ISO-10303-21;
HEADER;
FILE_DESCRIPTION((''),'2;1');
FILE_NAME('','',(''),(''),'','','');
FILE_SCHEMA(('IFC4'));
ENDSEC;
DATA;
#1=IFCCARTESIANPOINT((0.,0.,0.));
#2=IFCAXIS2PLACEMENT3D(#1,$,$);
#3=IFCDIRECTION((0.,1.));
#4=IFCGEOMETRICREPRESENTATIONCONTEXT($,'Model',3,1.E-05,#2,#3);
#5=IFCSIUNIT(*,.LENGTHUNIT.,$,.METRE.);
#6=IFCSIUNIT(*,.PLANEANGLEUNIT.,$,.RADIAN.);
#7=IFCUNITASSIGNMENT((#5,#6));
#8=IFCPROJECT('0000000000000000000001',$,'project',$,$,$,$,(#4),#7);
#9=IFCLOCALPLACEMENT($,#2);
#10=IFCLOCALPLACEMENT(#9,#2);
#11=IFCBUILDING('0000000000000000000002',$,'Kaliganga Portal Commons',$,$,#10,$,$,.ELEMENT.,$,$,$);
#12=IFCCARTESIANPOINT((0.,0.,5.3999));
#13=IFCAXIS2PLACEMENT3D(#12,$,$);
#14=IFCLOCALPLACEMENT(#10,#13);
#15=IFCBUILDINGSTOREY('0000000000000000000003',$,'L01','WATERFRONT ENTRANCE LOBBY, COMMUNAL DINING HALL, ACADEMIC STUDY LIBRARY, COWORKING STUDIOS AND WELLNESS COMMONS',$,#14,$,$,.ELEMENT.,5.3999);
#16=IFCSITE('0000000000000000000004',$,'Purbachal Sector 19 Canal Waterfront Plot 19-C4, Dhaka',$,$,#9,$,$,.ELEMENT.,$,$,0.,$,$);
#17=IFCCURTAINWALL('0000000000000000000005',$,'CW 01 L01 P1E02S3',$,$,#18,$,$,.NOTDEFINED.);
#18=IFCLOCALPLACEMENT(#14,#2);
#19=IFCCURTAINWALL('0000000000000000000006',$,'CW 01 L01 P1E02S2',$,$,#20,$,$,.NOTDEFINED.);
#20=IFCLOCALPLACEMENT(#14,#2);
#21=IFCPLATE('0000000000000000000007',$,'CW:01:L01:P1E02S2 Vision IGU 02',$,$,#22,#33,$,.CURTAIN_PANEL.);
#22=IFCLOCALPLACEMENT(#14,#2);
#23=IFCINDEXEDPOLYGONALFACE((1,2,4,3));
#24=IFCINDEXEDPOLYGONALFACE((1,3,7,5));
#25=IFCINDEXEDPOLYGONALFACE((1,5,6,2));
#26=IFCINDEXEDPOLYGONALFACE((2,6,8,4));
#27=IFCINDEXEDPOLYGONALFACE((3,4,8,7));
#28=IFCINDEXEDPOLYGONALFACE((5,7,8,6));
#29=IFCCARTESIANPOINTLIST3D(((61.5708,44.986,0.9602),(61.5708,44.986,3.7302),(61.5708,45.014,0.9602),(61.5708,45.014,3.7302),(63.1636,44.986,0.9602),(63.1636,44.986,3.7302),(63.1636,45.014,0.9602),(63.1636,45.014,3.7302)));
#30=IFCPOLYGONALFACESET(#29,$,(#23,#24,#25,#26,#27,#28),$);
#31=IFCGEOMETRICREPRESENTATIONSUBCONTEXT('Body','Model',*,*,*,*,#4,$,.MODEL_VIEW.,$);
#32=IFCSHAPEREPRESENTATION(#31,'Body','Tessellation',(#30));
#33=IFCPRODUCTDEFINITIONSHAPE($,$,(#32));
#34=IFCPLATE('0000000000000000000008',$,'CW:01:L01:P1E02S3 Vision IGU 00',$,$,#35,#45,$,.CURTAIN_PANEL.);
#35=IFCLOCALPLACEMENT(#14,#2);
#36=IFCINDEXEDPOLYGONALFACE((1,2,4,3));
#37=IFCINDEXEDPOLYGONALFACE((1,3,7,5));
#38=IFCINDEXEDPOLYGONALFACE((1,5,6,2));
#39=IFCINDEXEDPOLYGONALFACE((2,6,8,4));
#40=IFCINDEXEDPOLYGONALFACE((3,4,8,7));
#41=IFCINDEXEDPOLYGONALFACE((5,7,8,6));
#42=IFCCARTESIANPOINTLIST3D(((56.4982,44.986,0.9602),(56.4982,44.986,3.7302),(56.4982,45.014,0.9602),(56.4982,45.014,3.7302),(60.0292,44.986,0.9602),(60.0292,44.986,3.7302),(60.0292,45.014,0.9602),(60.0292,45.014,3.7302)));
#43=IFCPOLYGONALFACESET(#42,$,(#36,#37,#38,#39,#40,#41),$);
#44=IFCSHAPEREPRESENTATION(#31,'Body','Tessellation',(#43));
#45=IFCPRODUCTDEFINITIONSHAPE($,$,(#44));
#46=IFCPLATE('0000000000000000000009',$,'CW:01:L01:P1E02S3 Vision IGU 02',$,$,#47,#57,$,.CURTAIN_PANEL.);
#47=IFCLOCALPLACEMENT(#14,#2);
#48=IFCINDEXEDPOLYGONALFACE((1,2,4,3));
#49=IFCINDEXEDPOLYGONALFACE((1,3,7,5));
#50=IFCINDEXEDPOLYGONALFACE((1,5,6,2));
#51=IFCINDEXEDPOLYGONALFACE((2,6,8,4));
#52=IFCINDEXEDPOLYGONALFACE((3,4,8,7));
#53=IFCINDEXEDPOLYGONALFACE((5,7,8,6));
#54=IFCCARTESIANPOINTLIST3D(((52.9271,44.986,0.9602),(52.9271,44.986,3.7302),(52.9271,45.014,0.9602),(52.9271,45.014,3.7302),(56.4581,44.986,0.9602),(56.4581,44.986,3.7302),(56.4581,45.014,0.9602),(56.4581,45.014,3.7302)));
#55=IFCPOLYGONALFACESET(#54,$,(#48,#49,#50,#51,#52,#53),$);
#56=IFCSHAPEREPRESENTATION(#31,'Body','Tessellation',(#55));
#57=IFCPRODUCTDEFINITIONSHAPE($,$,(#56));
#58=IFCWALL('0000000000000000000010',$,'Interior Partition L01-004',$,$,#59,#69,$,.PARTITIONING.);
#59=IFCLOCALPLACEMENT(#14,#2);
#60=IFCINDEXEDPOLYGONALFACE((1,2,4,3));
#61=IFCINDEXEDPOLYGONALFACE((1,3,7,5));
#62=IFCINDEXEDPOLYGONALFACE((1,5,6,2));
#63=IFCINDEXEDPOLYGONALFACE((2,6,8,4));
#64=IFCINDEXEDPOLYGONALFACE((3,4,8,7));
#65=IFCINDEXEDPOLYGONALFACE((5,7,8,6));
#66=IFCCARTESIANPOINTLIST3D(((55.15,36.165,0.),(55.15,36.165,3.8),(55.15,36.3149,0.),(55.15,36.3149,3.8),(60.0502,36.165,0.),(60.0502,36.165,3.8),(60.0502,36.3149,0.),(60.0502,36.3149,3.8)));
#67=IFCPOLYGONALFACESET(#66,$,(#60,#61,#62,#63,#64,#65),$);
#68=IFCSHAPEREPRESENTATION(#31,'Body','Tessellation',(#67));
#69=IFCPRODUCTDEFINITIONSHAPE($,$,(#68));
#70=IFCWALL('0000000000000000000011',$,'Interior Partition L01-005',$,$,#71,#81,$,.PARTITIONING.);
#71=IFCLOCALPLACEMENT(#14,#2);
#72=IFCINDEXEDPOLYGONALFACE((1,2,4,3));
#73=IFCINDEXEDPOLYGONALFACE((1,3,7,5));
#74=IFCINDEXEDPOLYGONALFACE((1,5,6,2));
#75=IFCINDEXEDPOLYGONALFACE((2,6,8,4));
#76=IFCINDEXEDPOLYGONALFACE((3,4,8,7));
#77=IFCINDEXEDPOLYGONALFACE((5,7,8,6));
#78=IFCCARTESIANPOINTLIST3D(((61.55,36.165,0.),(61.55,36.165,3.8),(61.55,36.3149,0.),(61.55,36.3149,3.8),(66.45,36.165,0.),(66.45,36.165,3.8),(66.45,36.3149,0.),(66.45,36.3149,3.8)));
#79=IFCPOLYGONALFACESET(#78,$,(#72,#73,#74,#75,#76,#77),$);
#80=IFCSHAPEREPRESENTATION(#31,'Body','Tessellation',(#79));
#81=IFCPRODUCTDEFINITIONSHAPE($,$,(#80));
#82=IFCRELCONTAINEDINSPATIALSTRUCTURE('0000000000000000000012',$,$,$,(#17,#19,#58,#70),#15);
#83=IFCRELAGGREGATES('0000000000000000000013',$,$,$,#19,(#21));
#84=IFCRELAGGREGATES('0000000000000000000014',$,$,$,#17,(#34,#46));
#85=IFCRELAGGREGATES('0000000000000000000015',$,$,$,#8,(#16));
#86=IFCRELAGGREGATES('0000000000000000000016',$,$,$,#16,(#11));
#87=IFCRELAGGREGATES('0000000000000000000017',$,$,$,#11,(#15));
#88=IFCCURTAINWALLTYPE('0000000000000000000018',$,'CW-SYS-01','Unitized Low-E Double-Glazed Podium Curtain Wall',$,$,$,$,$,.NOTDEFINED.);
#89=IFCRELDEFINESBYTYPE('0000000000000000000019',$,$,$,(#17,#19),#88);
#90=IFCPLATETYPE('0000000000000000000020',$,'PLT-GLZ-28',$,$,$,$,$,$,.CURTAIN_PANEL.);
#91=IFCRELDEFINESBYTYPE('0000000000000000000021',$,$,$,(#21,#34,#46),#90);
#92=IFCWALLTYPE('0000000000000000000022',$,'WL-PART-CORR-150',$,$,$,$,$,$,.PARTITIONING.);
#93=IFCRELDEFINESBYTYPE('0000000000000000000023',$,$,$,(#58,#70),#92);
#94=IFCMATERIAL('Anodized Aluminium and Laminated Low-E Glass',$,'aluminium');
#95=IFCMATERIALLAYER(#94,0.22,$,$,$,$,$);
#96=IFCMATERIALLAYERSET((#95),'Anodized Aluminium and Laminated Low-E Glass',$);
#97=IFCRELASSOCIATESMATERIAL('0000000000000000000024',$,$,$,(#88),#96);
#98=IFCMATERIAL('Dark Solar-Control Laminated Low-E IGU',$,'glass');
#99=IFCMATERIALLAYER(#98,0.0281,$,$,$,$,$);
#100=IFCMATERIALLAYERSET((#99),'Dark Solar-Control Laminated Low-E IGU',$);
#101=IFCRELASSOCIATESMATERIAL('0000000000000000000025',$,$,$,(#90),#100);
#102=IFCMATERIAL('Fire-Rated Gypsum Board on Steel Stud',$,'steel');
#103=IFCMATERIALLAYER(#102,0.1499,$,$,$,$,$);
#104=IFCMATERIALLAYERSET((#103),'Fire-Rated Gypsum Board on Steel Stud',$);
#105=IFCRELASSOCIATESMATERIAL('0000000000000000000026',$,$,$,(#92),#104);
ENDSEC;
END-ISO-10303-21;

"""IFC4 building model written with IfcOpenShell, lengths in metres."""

from ifc_helpers import new_model, si_unit, direction, frame, frame_2d, origin, origin_2d, place, context, subcontext, project, spatial, rectangle, extrude, source, transform, mapped, material, layer, layer_set, type_object, element, aggregate, save


model = new_model("IFC4")

# Units and contexts
model_context = context("Model", 3, precision=1e-05, world=origin(), true_north=direction((0.0, 1.0)))
body_context = subcontext(model_context, "Body", "Model", "MODEL_VIEW")
ifc_project = project(units=[si_unit("LENGTHUNIT", "METRE"), si_unit("PLANEANGLEUNIT", "RADIAN")], contexts=[model_context])

# Site, building, storey
site_placement = place(None, origin())
site = spatial("IfcSite", under=ifc_project, at=site_placement, Name="Purbachal Sector 19 Canal Waterfront Plot 19-C4, Dhaka", CompositionType="ELEMENT", RefElevation=0.0)
building_placement = place(site_placement, origin())
building = spatial("IfcBuilding", under=site, at=building_placement, Name="Kaliganga Portal Commons", CompositionType="ELEMENT")
storey_placement = place(building_placement, frame((0.0, 0.0, 5.3999)))
storey = spatial("IfcBuildingStorey", under=building, at=storey_placement, Name="L01", Description="WATERFRONT ENTRANCE LOBBY, COMMUNAL DINING HALL, ACADEMIC STUDY LIBRARY, COWORKING STUDIOS AND WELLNESS COMMONS", CompositionType="ELEMENT", Elevation=5.3999)

# Curtain walls
ifc_material_1 = material(Name="Anodized Aluminium and Laminated Low-E Glass", Category="aluminium")
ifc_layer_1 = layer(ifc_material_1, 0.22)
ifc_layer_set_1 = layer_set([ifc_layer_1], Name="Anodized Aluminium and Laminated Low-E Glass")
curtain_wall_type = type_object("IfcCurtainWallType", Name="CW-SYS-01", Description="Unitized Low-E Double-Glazed Podium Curtain Wall", PredefinedType="NOTDEFINED", material=ifc_layer_set_1)
curtain_wall_1_placement = place(storey_placement, origin())
curtain_wall_1 = element("IfcCurtainWall", 1, at=curtain_wall_1_placement, inside=storey, type_object=curtain_wall_type, Name="CW 01 L01 P1E02S3", PredefinedType="NOTDEFINED")
curtain_wall_2_placement = place(storey_placement, origin())
curtain_wall_2 = element("IfcCurtainWall", 2, at=curtain_wall_2_placement, inside=storey, type_object=curtain_wall_type, Name="CW 01 L01 P1E02S2", PredefinedType="NOTDEFINED")

# Plates
ifc_material_2 = material(Name="Dark Solar-Control Laminated Low-E IGU", Category="glass")
ifc_layer_2 = layer(ifc_material_2, 0.0281)
ifc_layer_set_2 = layer_set([ifc_layer_2], Name="Dark Solar-Control Laminated Low-E IGU")
plate_type_1 = type_object("IfcPlateType", Name="PLT-GLZ-28", PredefinedType="CURTAIN_PANEL", material=ifc_layer_set_2)
shared_shape_1 = source(origin(), body_context, "Body", "SweptSolid", [
    extrude(rectangle(XDim=1.5928, YDim=0.0281, at=origin_2d()), origin(), (0.0, 0.0, 1.0), 2.77),
])
plate_1_placement = place(storey_placement, frame((62.3672, 45.0, 0.9602), z_axis=(0.0, 0.0, 1.0), x_axis=(-1.0, 0.0, 0.0)))
plate_1 = element("IfcPlate", 3, at=plate_1_placement, type_object=plate_type_1, Name="CW:01:L01:P1E02S2 Vision IGU 02", PredefinedType="CURTAIN_PANEL", context=body_context, shape_type="MappedRepresentation", body=[
    mapped(shared_shape_1, transform((0.0, 0.0, 0.0), x_axis=(1.0, 0.0, 0.0), y_axis=(0.0, 1.0, 0.0), z_axis=(0.0, 0.0, 1.0), scale=1.0)),
])
aggregate(curtain_wall_2, [plate_1])
shared_shape_2 = source(origin(), body_context, "Body", "SweptSolid", [
    extrude(rectangle(XDim=3.531, YDim=0.0281, at=origin_2d()), origin(), (0.0, 0.0, 1.0), 2.77),
])
plate_2_placement = place(storey_placement, frame((58.2637, 45.0, 0.9602), z_axis=(0.0, 0.0, 1.0), x_axis=(-1.0, 0.0, 0.0)))
plate_2 = element("IfcPlate", 4, at=plate_2_placement, type_object=plate_type_1, Name="CW:01:L01:P1E02S3 Vision IGU 00", PredefinedType="CURTAIN_PANEL", context=body_context, shape_type="MappedRepresentation", body=[
    mapped(shared_shape_2, transform((0.0, 0.0, 0.0), x_axis=(1.0, 0.0, 0.0), y_axis=(0.0, 1.0, 0.0), z_axis=(0.0, 0.0, 1.0), scale=1.0)),
])
plate_3_placement = place(storey_placement, frame((54.6926, 45.0, 0.9602), z_axis=(0.0, 0.0, 1.0), x_axis=(-1.0, 0.0, 0.0)))
plate_3 = element("IfcPlate", 5, at=plate_3_placement, type_object=plate_type_1, Name="CW:01:L01:P1E02S3 Vision IGU 02", PredefinedType="CURTAIN_PANEL", context=body_context, shape_type="MappedRepresentation", body=[
    mapped(shared_shape_2, transform((0.0, 0.0, 0.0), x_axis=(1.0, 0.0, 0.0), y_axis=(0.0, 1.0, 0.0), z_axis=(0.0, 0.0, 1.0), scale=1.0)),
])
aggregate(curtain_wall_1, [plate_2, plate_3])

# Walls
ifc_material_3 = material(Name="Fire-Rated Gypsum Board on Steel Stud", Category="steel")
ifc_layer_3 = layer(ifc_material_3, 0.1499)
ifc_layer_set_3 = layer_set([ifc_layer_3], Name="Fire-Rated Gypsum Board on Steel Stud")
wall_type = type_object("IfcWallType", Name="WL-PART-CORR-150", PredefinedType="PARTITIONING", material=ifc_layer_set_3)
wall_1_placement = place(storey_placement, frame((55.1499, 36.24, 0.0), z_axis=(0.0, 0.0, 1.0), x_axis=(1.0, 0.0, 0.0)))
element("IfcWall", 6, at=wall_1_placement, inside=storey, type_object=wall_type, Name="Interior Partition L01-004", PredefinedType="PARTITIONING", context=body_context, shape_type="SweptSolid", body=[
    extrude(rectangle(XDim=4.9001, YDim=0.1499, at=frame_2d((2.4502, 0.0))), origin(), (0.0, 0.0, 1.0), 3.8),
])
wall_2_placement = place(storey_placement, frame((61.55, 36.24, 0.0), z_axis=(0.0, 0.0, 1.0), x_axis=(1.0, 0.0, 0.0)))
element("IfcWall", 7, at=wall_2_placement, inside=storey, type_object=wall_type, Name="Interior Partition L01-005", PredefinedType="PARTITIONING", context=body_context, shape_type="SweptSolid", body=[
    extrude(rectangle(XDim=4.8999, YDim=0.1499, at=frame_2d((2.45, 0.0))), origin(), (0.0, 0.0, 1.0), 3.8),
])

save(model, "model.ifc")
